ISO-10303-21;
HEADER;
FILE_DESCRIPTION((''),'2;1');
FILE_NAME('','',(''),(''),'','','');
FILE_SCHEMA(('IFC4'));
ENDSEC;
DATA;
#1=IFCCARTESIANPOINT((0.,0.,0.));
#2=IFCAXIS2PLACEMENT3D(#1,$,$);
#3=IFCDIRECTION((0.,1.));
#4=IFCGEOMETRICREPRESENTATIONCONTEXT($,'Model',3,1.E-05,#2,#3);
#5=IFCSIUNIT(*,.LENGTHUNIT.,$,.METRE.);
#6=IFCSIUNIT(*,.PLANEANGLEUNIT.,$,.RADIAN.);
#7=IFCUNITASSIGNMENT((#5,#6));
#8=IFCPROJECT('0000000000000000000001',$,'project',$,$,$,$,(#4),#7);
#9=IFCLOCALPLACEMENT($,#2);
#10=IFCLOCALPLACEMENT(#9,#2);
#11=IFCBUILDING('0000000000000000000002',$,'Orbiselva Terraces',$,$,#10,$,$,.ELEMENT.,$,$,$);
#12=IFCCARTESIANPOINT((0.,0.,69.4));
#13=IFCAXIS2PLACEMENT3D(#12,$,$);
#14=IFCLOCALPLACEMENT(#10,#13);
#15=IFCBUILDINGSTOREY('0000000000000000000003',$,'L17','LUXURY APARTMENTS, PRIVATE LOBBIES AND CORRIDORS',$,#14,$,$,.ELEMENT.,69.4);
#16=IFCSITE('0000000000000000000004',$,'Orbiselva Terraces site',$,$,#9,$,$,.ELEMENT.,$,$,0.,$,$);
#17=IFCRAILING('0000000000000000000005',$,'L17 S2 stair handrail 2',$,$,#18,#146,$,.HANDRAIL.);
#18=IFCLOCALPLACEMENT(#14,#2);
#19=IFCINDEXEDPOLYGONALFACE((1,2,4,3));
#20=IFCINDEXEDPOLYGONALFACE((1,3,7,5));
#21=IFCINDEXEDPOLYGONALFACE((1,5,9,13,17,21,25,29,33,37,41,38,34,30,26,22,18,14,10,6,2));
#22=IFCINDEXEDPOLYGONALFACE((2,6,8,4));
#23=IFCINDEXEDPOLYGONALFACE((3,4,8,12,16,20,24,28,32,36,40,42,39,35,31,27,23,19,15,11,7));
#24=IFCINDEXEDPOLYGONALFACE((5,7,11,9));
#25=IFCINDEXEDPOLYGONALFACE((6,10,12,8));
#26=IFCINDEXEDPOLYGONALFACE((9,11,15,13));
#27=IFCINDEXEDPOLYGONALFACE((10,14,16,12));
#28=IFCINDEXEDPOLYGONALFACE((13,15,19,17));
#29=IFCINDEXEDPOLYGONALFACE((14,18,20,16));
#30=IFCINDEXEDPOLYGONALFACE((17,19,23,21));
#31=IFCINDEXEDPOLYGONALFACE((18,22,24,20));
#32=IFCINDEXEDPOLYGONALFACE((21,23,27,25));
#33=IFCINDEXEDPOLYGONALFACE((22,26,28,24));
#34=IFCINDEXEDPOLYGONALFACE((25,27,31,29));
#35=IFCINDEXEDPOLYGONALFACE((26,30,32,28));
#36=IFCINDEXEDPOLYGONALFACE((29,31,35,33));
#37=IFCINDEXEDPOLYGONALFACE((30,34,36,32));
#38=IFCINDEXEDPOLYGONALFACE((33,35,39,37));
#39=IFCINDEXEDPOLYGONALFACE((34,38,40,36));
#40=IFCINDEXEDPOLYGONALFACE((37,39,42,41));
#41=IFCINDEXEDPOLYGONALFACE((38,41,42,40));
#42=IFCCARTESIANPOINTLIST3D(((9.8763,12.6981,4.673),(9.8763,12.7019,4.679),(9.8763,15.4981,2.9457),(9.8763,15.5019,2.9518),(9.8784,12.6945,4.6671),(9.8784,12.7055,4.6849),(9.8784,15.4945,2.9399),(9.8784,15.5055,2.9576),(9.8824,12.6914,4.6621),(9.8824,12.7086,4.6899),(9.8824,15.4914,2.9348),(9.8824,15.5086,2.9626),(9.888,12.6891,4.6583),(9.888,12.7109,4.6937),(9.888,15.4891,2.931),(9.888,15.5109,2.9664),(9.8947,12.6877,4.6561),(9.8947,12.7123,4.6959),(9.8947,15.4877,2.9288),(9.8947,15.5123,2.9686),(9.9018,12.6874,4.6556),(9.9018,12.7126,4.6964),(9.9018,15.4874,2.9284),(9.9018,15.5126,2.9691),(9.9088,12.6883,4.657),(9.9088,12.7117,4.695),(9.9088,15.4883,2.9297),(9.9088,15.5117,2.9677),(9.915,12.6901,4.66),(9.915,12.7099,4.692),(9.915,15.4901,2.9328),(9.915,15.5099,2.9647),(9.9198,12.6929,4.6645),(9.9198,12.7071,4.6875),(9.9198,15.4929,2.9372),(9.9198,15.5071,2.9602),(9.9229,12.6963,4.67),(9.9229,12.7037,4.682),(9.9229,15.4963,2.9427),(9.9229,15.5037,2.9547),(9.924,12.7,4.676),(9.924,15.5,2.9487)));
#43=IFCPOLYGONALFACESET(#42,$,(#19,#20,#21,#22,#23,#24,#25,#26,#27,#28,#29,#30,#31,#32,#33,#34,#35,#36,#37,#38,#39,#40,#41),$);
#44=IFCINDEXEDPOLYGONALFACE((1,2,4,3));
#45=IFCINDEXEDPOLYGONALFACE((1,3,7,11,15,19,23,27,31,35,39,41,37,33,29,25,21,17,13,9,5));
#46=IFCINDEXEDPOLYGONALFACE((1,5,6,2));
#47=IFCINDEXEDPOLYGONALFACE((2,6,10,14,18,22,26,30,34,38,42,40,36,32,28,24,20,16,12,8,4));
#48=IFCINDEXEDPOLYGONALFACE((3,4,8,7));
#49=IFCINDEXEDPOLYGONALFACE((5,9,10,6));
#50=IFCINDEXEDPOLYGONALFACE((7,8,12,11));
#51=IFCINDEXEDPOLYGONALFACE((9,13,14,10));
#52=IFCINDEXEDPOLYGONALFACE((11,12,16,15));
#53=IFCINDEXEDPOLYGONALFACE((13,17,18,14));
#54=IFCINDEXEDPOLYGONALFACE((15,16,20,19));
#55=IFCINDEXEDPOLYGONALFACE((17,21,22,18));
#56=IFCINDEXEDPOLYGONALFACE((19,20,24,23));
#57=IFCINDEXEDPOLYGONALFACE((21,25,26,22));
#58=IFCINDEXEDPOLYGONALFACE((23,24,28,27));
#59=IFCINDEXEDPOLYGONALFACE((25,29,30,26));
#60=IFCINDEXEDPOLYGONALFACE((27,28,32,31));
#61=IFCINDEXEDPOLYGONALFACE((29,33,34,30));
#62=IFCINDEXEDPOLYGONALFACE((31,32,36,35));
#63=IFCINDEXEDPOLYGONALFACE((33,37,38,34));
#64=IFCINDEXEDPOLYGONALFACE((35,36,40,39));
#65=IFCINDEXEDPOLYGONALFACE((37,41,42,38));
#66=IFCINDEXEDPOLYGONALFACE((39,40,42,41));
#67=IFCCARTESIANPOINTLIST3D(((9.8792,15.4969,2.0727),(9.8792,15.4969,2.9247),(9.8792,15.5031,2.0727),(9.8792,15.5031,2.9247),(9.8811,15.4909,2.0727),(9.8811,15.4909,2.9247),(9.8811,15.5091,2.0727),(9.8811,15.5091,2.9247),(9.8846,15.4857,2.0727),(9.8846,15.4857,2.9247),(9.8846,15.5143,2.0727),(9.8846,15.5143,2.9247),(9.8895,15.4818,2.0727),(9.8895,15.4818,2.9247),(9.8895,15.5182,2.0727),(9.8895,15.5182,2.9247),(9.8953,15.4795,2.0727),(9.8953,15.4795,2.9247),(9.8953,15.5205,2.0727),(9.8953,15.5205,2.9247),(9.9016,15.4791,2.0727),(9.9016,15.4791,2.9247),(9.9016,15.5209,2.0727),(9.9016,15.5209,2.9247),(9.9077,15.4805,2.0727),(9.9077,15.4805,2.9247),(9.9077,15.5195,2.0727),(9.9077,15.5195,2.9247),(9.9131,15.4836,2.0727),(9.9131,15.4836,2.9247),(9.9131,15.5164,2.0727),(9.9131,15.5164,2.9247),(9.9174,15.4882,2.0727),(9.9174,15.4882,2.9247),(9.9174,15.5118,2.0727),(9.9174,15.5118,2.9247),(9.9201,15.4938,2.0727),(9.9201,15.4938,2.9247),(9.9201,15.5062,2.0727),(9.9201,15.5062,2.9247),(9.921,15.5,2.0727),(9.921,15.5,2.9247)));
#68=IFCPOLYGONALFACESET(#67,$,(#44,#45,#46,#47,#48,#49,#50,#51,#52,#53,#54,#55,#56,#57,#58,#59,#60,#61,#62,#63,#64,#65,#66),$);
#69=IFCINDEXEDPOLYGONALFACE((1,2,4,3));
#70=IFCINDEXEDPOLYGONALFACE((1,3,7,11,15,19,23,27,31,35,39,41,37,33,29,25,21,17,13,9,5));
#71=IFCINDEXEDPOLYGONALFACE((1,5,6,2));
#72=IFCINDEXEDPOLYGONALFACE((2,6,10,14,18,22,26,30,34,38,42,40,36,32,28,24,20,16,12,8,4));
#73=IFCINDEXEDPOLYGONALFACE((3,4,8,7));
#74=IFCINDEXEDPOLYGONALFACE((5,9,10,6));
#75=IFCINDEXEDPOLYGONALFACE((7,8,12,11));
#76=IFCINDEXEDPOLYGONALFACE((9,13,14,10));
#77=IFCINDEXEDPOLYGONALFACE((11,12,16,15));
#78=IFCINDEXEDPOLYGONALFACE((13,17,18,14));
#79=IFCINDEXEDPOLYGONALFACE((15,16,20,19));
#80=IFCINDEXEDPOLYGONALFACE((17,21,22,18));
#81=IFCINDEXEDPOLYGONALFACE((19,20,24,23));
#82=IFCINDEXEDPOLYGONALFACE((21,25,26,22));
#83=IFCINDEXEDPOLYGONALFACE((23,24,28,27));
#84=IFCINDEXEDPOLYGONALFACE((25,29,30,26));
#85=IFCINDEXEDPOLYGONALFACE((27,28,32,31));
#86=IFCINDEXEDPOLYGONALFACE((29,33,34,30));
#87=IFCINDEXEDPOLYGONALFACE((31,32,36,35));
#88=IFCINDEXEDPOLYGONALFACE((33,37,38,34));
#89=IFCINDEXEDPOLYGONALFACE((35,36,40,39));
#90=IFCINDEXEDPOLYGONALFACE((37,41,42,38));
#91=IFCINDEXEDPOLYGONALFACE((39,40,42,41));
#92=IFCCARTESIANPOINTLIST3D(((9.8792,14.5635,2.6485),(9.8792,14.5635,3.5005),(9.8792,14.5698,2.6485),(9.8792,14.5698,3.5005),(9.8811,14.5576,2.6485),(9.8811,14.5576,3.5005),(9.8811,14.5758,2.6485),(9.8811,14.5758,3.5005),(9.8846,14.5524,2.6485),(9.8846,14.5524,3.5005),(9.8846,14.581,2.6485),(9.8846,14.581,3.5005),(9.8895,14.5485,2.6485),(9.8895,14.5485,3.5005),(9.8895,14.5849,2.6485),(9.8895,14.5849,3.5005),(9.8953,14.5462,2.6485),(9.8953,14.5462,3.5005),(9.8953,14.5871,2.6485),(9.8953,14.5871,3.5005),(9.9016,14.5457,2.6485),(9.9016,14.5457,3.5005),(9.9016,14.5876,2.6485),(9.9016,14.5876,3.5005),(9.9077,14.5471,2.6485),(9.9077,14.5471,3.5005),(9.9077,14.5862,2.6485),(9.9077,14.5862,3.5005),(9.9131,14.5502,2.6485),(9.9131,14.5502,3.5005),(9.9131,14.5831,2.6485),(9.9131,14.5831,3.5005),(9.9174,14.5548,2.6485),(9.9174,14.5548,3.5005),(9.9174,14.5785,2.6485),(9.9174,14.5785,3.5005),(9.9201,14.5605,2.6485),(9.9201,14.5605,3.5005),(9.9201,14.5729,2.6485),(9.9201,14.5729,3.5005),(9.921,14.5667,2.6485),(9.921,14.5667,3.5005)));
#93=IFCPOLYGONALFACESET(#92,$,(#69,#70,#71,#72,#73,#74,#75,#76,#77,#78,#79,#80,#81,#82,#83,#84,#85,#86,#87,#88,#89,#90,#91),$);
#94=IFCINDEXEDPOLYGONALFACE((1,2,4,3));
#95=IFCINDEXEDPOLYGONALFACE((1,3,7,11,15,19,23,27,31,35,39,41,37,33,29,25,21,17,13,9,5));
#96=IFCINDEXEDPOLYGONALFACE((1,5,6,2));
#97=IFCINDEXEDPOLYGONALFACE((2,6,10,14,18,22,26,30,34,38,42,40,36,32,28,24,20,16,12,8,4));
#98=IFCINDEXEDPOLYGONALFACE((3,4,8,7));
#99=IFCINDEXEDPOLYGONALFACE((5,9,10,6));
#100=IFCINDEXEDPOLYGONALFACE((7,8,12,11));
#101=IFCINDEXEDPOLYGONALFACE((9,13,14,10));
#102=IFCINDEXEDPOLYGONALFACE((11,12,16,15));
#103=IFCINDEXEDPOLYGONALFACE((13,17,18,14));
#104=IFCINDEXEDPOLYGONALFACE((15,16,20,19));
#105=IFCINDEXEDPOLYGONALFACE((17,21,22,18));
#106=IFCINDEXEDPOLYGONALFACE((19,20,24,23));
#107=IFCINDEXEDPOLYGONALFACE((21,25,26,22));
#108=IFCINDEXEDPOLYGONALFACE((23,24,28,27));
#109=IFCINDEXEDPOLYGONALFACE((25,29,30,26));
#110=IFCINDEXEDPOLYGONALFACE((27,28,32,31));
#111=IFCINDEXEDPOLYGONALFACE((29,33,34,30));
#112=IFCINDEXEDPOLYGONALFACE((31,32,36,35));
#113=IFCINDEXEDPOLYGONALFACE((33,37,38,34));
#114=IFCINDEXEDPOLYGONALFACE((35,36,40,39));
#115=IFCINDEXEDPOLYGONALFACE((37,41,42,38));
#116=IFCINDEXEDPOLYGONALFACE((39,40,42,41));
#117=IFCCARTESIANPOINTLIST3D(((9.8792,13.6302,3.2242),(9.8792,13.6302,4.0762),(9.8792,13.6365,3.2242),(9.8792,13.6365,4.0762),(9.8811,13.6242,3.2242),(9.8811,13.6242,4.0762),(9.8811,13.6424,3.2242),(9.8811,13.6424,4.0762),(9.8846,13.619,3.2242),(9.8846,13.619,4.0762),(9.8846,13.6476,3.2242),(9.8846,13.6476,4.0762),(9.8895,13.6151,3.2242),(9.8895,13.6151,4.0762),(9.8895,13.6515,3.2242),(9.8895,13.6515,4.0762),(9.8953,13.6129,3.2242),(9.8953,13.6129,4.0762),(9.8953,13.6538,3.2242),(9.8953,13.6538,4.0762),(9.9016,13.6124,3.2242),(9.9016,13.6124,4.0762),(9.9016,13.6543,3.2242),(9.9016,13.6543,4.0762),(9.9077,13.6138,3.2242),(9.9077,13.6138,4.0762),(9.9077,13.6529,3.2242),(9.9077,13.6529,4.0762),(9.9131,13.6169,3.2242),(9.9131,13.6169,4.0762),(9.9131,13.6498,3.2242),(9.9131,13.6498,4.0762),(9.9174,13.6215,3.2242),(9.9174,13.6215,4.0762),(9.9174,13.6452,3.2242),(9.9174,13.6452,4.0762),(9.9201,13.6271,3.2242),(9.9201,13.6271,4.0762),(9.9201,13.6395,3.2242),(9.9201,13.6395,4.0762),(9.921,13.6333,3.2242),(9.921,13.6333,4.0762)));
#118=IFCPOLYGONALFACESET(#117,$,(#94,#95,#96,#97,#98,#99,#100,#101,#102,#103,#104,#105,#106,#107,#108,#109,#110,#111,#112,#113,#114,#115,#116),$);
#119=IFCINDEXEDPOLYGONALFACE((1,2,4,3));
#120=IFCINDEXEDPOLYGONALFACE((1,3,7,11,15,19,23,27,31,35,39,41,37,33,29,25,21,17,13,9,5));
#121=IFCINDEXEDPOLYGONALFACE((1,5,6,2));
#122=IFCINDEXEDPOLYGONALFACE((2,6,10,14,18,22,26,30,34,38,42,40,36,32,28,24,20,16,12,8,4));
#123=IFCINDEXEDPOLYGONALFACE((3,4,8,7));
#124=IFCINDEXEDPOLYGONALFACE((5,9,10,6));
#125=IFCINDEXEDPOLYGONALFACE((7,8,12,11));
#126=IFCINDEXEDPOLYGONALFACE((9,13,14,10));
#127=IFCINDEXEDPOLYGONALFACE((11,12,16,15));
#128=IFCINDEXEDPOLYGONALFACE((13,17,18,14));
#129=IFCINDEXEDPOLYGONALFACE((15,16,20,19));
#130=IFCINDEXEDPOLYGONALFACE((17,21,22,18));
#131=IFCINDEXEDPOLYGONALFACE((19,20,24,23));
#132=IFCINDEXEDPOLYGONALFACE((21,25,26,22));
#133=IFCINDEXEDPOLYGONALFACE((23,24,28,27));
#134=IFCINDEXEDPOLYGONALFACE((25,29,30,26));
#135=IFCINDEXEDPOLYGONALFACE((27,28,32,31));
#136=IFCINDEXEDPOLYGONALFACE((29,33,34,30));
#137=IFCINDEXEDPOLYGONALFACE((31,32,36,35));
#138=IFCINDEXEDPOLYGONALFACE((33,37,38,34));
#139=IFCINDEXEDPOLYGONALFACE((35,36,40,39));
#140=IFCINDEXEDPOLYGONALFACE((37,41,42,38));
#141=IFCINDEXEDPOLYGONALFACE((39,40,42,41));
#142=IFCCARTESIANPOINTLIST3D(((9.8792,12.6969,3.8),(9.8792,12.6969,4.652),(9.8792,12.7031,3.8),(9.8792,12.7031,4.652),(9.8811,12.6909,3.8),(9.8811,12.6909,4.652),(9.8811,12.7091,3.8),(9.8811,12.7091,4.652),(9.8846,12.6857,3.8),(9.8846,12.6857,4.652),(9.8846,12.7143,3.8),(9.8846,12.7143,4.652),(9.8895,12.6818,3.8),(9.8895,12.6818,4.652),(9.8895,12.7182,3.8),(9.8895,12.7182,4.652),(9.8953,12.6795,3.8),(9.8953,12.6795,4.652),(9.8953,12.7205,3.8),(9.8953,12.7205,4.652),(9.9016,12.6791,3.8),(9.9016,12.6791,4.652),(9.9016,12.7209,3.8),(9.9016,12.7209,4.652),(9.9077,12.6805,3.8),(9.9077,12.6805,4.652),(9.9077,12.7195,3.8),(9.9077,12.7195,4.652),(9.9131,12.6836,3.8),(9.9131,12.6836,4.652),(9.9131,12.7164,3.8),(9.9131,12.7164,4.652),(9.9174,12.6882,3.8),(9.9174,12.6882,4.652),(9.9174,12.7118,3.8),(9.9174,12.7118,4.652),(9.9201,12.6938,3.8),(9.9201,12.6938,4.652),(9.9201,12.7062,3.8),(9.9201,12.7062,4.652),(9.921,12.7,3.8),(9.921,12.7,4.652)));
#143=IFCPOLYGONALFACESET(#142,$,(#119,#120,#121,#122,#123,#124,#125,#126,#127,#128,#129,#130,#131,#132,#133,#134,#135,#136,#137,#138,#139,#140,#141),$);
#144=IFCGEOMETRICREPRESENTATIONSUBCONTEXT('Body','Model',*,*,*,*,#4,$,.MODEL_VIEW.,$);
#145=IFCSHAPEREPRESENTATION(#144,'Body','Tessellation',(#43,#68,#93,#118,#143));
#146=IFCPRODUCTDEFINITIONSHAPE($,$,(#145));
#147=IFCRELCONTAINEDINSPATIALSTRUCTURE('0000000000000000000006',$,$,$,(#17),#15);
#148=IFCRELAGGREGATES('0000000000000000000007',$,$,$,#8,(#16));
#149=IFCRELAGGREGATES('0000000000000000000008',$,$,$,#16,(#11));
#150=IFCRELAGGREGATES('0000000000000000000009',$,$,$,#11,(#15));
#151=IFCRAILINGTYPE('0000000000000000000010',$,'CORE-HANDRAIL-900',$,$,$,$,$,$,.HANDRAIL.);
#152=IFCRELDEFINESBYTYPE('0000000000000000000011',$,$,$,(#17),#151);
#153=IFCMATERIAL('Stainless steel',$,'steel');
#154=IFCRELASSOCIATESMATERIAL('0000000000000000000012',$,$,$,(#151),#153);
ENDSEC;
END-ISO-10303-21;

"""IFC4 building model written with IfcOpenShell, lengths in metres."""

from ifc_helpers import new_model, si_unit, direction, frame, origin, origin_2d, place, context, subcontext, project, spatial, circle, extrude, material, type_object, element, save


model = new_model("IFC4")

# Units and contexts
model_context = context("Model", 3, precision=1e-05, world=origin(), true_north=direction((0.0, 1.0)))
body_context = subcontext(model_context, "Body", "Model", "MODEL_VIEW")
ifc_project = project(units=[si_unit("LENGTHUNIT", "METRE"), si_unit("PLANEANGLEUNIT", "RADIAN")], contexts=[model_context])

# Site, building, storey
site_placement = place(None, origin())
site = spatial("IfcSite", under=ifc_project, at=site_placement, Name="Orbiselva Terraces site", CompositionType="ELEMENT", RefElevation=0.0)
building_placement = place(site_placement, origin())
building = spatial("IfcBuilding", under=site, at=building_placement, Name="Orbiselva Terraces", CompositionType="ELEMENT")
storey_placement = place(building_placement, frame((0.0, 0.0, 69.4)))
storey = spatial("IfcBuildingStorey", under=building, at=storey_placement, Name="L17", Description="LUXURY APARTMENTS, PRIVATE LOBBIES AND CORRIDORS", CompositionType="ELEMENT", Elevation=69.4)

# Railing
ifc_material_1 = material(Name="Stainless steel", Category="steel")
railing_type_1 = type_object("IfcRailingType", Name="CORE-HANDRAIL-900", PredefinedType="HANDRAIL", material=ifc_material_1)
railing_1_placement = place(storey_placement, frame((9.9, 15.5, 2.0727)))
element("IfcRailing", 1, at=railing_1_placement, inside=storey, type_object=railing_type_1, Name="L17 S2 stair handrail 2", PredefinedType="HANDRAIL", context=body_context, shape_type="SweptSolid", body=[
    extrude(circle(Radius=0.024, at=origin_2d()), frame((0.0, 0.0, 0.876), z_axis=(0.0, -0.851089, 0.525022), x_axis=(1.0, 0.0, 0.0)), (0.0, 0.0, 1.0), 3.2899),
    extrude(circle(Radius=0.021, at=origin_2d()), origin(), (0.0, 0.0, 1.0), 0.852),
    extrude(circle(Radius=0.021, at=origin_2d()), frame((0.0, -0.9333, 0.5758)), (0.0, 0.0, 1.0), 0.852),
    extrude(circle(Radius=0.021, at=origin_2d()), frame((0.0, -1.8667, 1.1515)), (0.0, 0.0, 1.0), 0.852),
    extrude(circle(Radius=0.021, at=origin_2d()), frame((0.0, -2.8, 1.7273)), (0.0, 0.0, 1.0), 0.852),
])

save(model, "model.ifc")
